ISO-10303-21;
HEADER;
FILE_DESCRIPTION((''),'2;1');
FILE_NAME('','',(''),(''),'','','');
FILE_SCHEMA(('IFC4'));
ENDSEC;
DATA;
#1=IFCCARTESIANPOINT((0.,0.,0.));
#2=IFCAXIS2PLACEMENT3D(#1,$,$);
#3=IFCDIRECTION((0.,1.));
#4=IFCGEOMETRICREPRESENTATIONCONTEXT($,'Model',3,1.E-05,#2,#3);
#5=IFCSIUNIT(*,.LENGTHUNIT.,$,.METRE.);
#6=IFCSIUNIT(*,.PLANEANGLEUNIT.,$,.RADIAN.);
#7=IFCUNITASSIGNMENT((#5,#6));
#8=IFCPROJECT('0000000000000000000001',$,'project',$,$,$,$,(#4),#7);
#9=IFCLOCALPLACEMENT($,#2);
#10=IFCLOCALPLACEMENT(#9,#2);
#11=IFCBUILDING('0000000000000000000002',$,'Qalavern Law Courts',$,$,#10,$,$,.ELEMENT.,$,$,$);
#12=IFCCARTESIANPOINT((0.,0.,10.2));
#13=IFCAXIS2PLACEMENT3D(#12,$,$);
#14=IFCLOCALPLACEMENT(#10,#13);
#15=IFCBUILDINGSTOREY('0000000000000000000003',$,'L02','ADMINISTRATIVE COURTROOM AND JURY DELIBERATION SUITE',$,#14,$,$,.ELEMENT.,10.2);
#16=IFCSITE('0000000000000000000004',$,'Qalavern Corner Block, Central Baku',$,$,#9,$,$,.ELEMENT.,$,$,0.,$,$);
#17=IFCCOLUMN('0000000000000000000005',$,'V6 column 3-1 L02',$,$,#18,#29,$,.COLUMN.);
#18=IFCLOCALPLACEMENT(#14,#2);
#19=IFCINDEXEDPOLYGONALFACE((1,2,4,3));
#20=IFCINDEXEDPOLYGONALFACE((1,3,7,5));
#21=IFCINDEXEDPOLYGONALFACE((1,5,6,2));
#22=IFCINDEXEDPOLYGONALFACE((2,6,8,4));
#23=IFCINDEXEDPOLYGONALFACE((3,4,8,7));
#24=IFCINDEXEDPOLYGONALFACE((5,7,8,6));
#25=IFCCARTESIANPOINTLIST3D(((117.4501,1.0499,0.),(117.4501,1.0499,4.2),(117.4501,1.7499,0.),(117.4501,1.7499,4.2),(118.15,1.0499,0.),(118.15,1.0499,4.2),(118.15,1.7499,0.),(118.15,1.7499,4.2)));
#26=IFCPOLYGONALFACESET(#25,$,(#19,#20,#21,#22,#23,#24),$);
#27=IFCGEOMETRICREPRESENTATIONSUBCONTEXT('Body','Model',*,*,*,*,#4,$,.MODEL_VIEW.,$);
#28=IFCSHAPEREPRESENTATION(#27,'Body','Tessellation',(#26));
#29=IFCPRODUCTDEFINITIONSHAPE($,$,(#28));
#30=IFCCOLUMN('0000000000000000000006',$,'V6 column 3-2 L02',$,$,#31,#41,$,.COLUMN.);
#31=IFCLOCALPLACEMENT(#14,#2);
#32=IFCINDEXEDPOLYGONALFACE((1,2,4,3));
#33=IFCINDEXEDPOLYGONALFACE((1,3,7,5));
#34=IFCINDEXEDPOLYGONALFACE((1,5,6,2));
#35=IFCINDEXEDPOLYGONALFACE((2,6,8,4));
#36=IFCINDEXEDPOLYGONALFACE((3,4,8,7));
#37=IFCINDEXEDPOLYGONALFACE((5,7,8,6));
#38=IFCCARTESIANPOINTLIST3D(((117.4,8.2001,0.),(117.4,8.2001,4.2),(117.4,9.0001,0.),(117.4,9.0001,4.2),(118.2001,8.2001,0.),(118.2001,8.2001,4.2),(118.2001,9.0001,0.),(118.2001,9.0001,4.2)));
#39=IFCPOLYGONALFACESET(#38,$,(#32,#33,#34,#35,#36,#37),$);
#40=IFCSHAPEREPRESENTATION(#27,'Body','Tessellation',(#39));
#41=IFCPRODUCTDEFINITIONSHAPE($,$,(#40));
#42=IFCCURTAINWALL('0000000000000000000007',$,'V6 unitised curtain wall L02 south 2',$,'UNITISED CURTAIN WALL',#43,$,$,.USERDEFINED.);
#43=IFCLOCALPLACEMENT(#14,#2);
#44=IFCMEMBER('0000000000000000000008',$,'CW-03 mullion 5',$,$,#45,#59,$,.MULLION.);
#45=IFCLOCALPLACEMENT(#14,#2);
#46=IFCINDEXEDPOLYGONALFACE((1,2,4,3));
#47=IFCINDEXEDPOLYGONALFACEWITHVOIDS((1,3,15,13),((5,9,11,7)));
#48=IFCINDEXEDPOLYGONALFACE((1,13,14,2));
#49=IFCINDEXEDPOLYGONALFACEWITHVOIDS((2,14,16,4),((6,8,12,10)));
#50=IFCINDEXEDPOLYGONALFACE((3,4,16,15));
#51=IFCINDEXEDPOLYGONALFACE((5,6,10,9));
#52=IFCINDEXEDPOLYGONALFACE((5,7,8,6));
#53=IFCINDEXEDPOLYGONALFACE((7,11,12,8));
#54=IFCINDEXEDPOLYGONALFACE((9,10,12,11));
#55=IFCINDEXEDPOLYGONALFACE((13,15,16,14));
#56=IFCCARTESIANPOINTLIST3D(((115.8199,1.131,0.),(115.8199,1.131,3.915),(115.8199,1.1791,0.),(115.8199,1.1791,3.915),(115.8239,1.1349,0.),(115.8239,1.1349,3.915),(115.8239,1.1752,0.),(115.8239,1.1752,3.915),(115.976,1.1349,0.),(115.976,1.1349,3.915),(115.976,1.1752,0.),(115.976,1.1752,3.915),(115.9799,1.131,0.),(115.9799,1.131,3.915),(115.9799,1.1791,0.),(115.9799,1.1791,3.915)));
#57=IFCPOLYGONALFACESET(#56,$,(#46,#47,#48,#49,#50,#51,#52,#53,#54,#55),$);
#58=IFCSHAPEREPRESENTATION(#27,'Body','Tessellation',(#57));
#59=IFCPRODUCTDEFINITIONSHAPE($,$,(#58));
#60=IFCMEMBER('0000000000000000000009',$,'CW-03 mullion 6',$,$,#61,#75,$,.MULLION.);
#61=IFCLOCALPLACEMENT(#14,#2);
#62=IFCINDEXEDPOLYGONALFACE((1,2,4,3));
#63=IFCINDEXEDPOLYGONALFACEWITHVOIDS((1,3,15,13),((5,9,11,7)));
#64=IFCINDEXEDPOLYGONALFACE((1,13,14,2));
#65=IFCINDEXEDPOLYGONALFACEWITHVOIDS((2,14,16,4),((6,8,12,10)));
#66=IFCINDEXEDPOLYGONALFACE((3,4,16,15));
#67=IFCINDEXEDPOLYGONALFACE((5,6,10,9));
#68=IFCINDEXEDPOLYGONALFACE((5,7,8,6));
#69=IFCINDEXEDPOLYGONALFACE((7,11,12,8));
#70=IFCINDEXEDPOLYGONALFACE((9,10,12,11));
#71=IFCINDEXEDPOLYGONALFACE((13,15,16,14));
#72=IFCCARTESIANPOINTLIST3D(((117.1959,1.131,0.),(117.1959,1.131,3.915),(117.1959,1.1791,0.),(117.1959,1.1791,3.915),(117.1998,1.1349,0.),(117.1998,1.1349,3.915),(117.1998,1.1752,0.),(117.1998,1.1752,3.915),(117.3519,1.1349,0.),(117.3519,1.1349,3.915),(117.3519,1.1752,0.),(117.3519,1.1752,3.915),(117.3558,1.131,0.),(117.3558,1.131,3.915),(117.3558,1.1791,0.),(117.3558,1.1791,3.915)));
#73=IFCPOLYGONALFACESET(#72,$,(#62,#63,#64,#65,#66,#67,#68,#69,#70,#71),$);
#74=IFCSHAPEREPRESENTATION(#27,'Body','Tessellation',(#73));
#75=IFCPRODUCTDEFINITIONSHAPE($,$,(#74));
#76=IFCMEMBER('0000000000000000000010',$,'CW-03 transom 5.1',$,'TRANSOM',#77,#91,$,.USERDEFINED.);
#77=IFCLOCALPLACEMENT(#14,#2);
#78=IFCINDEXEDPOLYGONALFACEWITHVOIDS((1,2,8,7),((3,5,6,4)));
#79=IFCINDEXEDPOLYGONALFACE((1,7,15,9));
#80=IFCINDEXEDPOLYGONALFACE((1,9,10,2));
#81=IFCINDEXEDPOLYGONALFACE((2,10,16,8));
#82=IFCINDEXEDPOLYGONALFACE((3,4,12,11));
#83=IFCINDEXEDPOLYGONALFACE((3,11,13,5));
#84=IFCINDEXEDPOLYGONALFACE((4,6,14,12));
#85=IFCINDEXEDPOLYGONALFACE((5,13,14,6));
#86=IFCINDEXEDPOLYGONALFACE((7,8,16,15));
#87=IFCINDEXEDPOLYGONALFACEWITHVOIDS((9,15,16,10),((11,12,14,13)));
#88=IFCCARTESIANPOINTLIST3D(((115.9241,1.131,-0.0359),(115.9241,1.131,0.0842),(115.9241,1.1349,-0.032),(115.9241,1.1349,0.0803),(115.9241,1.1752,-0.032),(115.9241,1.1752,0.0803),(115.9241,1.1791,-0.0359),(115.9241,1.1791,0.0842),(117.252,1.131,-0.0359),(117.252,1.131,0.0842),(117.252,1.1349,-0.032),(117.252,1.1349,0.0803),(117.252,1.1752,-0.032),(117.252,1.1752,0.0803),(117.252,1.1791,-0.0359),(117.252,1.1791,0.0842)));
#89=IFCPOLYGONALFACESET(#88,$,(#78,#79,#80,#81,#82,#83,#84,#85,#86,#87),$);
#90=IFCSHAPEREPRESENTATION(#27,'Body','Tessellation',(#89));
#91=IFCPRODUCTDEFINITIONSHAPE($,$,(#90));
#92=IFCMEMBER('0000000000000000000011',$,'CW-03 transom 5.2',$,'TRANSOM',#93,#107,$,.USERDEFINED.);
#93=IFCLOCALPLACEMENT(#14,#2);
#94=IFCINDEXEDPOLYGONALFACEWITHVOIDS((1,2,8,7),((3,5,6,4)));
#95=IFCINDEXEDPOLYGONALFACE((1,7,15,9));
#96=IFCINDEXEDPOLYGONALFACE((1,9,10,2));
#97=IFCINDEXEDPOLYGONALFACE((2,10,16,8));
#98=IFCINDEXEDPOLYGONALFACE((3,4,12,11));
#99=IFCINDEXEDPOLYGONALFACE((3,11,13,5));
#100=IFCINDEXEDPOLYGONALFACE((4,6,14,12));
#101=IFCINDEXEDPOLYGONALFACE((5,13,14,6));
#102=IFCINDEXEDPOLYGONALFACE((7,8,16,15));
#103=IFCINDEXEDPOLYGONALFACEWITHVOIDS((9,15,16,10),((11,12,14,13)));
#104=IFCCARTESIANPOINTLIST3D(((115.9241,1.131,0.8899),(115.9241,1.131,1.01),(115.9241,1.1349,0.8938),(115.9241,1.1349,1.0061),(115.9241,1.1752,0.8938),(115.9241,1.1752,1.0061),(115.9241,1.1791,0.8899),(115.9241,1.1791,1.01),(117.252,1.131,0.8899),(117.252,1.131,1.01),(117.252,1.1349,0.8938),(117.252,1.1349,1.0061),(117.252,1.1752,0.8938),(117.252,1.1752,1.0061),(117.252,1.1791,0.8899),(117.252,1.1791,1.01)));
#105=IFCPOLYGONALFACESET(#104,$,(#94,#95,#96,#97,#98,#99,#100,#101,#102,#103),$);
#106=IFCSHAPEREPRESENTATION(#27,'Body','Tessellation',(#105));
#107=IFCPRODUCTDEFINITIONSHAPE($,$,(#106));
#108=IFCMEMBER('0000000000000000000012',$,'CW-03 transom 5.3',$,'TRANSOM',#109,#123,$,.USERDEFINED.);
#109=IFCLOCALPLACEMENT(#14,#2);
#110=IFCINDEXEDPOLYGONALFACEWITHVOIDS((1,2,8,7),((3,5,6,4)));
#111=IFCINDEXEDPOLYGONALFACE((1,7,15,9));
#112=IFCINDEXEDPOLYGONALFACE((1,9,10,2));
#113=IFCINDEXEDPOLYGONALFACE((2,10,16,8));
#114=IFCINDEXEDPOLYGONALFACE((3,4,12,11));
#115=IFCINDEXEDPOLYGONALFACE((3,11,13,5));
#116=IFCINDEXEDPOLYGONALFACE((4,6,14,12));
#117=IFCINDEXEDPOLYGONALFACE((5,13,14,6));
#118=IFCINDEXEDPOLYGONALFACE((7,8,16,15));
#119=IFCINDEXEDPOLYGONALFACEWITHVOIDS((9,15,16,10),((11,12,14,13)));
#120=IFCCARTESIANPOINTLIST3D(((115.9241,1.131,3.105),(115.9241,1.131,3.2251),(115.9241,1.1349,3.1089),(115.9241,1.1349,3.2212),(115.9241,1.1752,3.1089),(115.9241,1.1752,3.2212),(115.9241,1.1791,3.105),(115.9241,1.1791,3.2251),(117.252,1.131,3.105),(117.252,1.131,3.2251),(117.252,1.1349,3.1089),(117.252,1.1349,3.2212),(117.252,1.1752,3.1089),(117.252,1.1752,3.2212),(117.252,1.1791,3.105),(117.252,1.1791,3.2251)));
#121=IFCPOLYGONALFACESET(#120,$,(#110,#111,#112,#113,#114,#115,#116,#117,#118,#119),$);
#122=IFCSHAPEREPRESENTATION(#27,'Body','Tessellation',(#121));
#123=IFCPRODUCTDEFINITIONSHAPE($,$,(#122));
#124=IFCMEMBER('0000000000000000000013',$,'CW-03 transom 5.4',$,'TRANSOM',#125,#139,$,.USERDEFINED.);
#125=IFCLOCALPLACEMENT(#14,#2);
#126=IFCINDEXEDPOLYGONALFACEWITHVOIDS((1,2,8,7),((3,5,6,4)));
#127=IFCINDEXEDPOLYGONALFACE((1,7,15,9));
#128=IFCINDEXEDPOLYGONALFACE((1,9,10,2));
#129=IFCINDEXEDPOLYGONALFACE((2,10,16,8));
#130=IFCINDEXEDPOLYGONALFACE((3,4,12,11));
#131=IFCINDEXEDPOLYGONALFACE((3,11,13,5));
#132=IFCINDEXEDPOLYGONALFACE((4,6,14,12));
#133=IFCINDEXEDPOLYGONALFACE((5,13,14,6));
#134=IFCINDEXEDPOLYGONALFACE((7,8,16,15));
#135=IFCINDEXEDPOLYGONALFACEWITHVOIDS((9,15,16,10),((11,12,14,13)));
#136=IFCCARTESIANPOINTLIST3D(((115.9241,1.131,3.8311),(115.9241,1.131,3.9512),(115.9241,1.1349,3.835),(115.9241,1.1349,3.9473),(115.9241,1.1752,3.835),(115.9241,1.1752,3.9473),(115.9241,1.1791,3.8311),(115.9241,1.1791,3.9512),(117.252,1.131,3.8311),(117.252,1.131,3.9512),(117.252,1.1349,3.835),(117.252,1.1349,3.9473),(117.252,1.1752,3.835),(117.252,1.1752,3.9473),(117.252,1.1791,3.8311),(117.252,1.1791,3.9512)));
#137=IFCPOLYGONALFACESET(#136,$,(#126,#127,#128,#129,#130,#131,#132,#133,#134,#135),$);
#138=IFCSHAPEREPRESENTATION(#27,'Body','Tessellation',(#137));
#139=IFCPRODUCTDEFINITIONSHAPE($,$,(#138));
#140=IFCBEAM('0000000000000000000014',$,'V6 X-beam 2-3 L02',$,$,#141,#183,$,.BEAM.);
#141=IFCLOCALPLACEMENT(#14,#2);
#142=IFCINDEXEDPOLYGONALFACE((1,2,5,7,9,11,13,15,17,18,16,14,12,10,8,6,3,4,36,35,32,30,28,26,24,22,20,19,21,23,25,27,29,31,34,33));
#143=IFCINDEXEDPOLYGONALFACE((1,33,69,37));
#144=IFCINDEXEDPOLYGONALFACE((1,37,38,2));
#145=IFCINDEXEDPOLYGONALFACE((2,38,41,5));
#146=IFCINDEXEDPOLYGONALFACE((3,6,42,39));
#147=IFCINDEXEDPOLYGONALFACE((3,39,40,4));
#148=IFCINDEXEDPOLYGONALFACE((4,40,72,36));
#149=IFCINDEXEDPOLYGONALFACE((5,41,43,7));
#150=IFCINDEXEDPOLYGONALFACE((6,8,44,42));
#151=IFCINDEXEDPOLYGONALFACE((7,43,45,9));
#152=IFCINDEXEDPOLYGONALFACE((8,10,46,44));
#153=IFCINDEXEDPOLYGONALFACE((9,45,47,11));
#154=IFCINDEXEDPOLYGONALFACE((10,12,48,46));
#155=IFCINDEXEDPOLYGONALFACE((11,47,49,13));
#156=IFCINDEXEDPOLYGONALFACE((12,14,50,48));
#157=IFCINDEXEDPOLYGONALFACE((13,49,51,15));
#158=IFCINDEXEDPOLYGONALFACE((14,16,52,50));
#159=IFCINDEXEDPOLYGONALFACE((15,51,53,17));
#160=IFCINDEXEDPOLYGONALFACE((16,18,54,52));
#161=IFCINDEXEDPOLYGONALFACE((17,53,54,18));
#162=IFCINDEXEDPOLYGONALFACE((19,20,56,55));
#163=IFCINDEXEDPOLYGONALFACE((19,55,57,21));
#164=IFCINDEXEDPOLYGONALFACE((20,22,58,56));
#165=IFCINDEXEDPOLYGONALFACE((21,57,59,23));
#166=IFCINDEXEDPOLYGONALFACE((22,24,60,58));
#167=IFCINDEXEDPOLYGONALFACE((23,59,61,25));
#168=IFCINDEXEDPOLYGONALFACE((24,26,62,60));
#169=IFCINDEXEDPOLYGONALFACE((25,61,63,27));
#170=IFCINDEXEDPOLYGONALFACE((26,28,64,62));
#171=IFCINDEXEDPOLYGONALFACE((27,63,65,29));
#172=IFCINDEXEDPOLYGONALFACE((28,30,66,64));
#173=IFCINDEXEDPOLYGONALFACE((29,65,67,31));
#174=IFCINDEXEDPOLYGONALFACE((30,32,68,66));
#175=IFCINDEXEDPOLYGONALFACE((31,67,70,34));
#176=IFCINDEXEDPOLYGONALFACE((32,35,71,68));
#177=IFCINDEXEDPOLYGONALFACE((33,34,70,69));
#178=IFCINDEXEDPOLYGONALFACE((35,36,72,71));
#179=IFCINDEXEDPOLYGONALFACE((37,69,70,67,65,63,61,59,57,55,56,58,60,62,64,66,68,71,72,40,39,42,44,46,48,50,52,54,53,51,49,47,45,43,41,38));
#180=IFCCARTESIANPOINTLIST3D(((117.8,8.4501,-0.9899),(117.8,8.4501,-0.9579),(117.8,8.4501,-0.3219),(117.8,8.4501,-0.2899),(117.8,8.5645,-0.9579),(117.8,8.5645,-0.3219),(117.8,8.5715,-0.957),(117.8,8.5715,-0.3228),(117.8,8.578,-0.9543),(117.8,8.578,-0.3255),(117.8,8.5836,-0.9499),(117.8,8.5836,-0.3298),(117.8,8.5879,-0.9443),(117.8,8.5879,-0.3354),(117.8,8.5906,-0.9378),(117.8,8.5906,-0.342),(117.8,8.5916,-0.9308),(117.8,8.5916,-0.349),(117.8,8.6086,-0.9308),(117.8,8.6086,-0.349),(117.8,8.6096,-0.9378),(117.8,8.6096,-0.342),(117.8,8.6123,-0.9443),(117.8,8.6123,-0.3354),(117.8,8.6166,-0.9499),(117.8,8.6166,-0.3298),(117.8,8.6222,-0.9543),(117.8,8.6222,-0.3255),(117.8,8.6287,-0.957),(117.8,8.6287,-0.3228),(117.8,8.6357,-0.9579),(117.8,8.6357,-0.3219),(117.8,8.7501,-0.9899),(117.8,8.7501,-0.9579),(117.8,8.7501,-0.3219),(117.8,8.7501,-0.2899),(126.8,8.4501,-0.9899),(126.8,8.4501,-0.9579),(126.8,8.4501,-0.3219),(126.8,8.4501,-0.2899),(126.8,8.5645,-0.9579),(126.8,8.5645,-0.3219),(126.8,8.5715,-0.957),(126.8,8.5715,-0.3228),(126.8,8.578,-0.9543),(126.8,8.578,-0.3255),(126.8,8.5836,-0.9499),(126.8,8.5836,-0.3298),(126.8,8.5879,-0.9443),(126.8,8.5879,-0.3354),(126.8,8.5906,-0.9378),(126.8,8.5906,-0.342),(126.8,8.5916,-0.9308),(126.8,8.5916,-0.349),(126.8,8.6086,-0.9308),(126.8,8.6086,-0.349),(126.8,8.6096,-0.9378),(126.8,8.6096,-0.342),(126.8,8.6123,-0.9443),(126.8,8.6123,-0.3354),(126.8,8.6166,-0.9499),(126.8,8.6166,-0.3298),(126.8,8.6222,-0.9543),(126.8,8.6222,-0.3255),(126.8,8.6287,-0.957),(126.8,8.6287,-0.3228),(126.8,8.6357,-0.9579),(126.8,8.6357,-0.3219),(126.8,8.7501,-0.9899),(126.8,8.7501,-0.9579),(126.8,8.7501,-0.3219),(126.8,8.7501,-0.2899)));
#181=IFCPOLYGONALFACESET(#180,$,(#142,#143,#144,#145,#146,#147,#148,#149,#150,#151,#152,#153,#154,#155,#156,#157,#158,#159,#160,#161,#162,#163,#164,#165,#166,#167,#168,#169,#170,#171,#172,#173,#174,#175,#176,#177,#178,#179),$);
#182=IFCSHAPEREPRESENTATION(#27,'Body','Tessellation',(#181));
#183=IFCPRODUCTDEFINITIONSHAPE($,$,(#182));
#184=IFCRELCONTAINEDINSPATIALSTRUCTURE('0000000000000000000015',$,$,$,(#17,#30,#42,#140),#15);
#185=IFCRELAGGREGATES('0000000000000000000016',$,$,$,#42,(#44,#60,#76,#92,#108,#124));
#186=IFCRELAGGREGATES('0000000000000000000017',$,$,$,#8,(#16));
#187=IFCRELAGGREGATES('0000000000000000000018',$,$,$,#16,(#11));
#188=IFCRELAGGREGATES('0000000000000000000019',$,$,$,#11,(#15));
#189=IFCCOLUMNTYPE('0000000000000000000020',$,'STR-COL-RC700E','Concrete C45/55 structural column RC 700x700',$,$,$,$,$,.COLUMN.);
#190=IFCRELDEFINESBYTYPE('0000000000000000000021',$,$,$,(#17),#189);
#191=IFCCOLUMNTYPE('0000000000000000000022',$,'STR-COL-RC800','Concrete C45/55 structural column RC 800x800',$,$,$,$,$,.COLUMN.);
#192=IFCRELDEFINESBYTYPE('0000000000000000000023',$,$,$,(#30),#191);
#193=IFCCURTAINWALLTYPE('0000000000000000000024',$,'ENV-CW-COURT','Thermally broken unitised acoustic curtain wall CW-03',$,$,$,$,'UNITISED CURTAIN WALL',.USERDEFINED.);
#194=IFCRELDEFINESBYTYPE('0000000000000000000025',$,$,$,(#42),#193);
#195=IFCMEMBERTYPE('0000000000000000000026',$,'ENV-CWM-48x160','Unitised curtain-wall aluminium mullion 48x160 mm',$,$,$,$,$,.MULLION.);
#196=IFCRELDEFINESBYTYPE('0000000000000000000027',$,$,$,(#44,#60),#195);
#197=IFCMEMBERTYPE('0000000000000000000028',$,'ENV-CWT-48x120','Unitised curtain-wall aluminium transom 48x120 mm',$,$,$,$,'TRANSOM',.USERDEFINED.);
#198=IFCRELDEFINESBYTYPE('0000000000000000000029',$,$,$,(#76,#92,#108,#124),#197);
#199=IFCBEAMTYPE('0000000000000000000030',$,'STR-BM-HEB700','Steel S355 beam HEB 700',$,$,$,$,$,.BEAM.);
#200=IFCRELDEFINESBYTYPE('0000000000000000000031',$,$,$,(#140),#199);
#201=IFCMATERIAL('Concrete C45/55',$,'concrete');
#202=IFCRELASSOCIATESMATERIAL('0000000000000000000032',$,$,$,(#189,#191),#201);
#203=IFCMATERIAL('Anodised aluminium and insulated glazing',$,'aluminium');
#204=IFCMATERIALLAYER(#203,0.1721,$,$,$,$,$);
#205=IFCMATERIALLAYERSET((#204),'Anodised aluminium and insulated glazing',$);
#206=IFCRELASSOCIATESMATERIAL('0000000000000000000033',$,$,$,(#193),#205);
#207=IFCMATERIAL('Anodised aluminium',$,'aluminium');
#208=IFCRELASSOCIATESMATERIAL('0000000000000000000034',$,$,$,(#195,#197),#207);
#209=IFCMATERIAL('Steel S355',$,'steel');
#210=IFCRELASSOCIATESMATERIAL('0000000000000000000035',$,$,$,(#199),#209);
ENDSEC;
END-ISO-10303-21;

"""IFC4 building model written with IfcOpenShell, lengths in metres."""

from ifc_helpers import new_model, si_unit, direction, frame, origin, origin_2d, place, context, subcontext, project, spatial, rectangle, hollow_rectangle, i_section, extrude, material, layer, layer_set, material_profile, profile_set, type_object, element, aggregate, save


model = new_model("IFC4")

# Units and contexts
model_context = context("Model", 3, precision=1e-05, world=origin(), true_north=direction((0.0, 1.0)))
body_context = subcontext(model_context, "Body", "Model", "MODEL_VIEW")
ifc_project = project(units=[si_unit("LENGTHUNIT", "METRE"), si_unit("PLANEANGLEUNIT", "RADIAN")], contexts=[model_context])

# Site, building, storey
site_placement = place(None, origin())
site = spatial("IfcSite", under=ifc_project, at=site_placement, Name="Qalavern Corner Block, Central Baku", CompositionType="ELEMENT", RefElevation=0.0)
building_placement = place(site_placement, origin())
building = spatial("IfcBuilding", under=site, at=building_placement, Name="Qalavern Law Courts", CompositionType="ELEMENT")
storey_placement = place(building_placement, frame((0.0, 0.0, 10.2)))
storey = spatial("IfcBuildingStorey", under=building, at=storey_placement, Name="L02", Description="ADMINISTRATIVE COURTROOM AND JURY DELIBERATION SUITE", CompositionType="ELEMENT", Elevation=10.2)

# Columns
ifc_material_1 = material(Name="Concrete C45/55", Category="concrete")
ifc_material_profile_1 = material_profile(ifc_material_1, rectangle(XDim=0.7, YDim=0.7, at=origin_2d()), Name="RC 700x700")
ifc_profile_set_1 = profile_set([ifc_material_profile_1], Name="Concrete C45/55")
column_type_1 = type_object("IfcColumnType", Name="STR-COL-RC700E", Description="Concrete C45/55 structural column RC 700x700", PredefinedType="COLUMN", material=ifc_profile_set_1)
column_1_placement = place(storey_placement, frame((117.8, 1.3999, 0.0), z_axis=(0.0, 0.0, 1.0), x_axis=(1.0, 0.0, 0.0)))
element("IfcColumn", 1, at=column_1_placement, inside=storey, type_object=column_type_1, Name="V6 column 3-1 L02", PredefinedType="COLUMN", context=body_context, shape_type="SweptSolid", body=[
    extrude(rectangle(XDim=0.7, YDim=0.7, at=origin_2d()), origin(), (0.0, 0.0, 1.0), 4.2),
])
ifc_material_profile_2 = material_profile(ifc_material_1, rectangle(XDim=0.8, YDim=0.8, at=origin_2d()), Name="RC 800x800")
ifc_profile_set_2 = profile_set([ifc_material_profile_2], Name="Concrete C45/55")
column_type_2 = type_object("IfcColumnType", Name="STR-COL-RC800", Description="Concrete C45/55 structural column RC 800x800", PredefinedType="COLUMN", material=ifc_profile_set_2)
column_2_placement = place(storey_placement, frame((117.8, 8.6001, 0.0), z_axis=(0.0, 0.0, 1.0), x_axis=(1.0, 0.0, 0.0)))
element("IfcColumn", 2, at=column_2_placement, inside=storey, type_object=column_type_2, Name="V6 column 3-2 L02", PredefinedType="COLUMN", context=body_context, shape_type="SweptSolid", body=[
    extrude(rectangle(XDim=0.8, YDim=0.8, at=origin_2d()), origin(), (0.0, 0.0, 1.0), 4.2),
])

# Curtain wall, members
ifc_material_2 = material(Name="Anodised aluminium and insulated glazing", Category="aluminium")
ifc_layer_1 = layer(ifc_material_2, 0.1721)
ifc_layer_set_1 = layer_set([ifc_layer_1], Name="Anodised aluminium and insulated glazing")
curtain_wall_type = type_object("IfcCurtainWallType", Name="ENV-CW-COURT", Description="Thermally broken unitised acoustic curtain wall CW-03", ElementType="UNITISED CURTAIN WALL", PredefinedType="USERDEFINED", material=ifc_layer_set_1)
curtain_wall_placement = place(storey_placement, origin())
curtain_wall = element("IfcCurtainWall", 3, at=curtain_wall_placement, inside=storey, type_object=curtain_wall_type, Name="V6 unitised curtain wall L02 south 2", ObjectType="UNITISED CURTAIN WALL", PredefinedType="USERDEFINED")
ifc_material_3 = material(Name="Anodised aluminium", Category="aluminium")
ifc_material_profile_3 = material_profile(ifc_material_3, hollow_rectangle(XDim=0.0481, YDim=0.1599, WallThickness=0.0039, at=origin_2d()), Name="ALU MULLION 48x160")
ifc_profile_set_3 = profile_set([ifc_material_profile_3], Name="Anodised aluminium")
member_type_1 = type_object("IfcMemberType", Name="ENV-CWM-48x160", Description="Unitised curtain-wall aluminium mullion 48x160 mm", PredefinedType="MULLION", material=ifc_profile_set_3)
member_1_placement = place(storey_placement, frame((115.8999, 1.155, 0.0), z_axis=(0.0, 0.0, 1.0), x_axis=(0.0, 1.0, 0.0)))
member_1 = element("IfcMember", 4, at=member_1_placement, type_object=member_type_1, Name="CW-03 mullion 5", PredefinedType="MULLION", context=body_context, shape_type="SweptSolid", body=[
    extrude(hollow_rectangle(XDim=0.0481, YDim=0.1599, WallThickness=0.0039, at=origin_2d()), origin(), (0.0, 0.0, 1.0), 3.915),
])
member_2_placement = place(storey_placement, frame((117.2759, 1.155, 0.0), z_axis=(0.0, 0.0, 1.0), x_axis=(0.0, 1.0, 0.0)))
member_2 = element("IfcMember", 5, at=member_2_placement, type_object=member_type_1, Name="CW-03 mullion 6", PredefinedType="MULLION", context=body_context, shape_type="SweptSolid", body=[
    extrude(hollow_rectangle(XDim=0.0481, YDim=0.1599, WallThickness=0.0039, at=origin_2d()), origin(), (0.0, 0.0, 1.0), 3.915),
])
ifc_material_profile_4 = material_profile(ifc_material_3, hollow_rectangle(XDim=0.0481, YDim=0.1201, WallThickness=0.0039, at=origin_2d()), Name="ALU TRANSOM 48x120")
ifc_profile_set_4 = profile_set([ifc_material_profile_4], Name="Anodised aluminium")
member_type_2 = type_object("IfcMemberType", Name="ENV-CWT-48x120", Description="Unitised curtain-wall aluminium transom 48x120 mm", ElementType="TRANSOM", PredefinedType="USERDEFINED", material=ifc_profile_set_4)
member_3_placement = place(storey_placement, frame((115.9241, 1.155, 0.0242), z_axis=(1.0, 0.0, 0.0), x_axis=(0.0, 1.0, 0.0)))
member_3 = element("IfcMember", 6, at=member_3_placement, type_object=member_type_2, Name="CW-03 transom 5.1", ObjectType="TRANSOM", PredefinedType="USERDEFINED", context=body_context, shape_type="SweptSolid", body=[
    extrude(hollow_rectangle(XDim=0.0481, YDim=0.1201, WallThickness=0.0039, at=origin_2d()), origin(), (0.0, 0.0, 1.0), 1.3279),
])
member_4_placement = place(storey_placement, frame((115.9241, 1.155, 0.95), z_axis=(1.0, 0.0, 0.0), x_axis=(0.0, 1.0, 0.0)))
member_4 = element("IfcMember", 7, at=member_4_placement, type_object=member_type_2, Name="CW-03 transom 5.2", ObjectType="TRANSOM", PredefinedType="USERDEFINED", context=body_context, shape_type="SweptSolid", body=[
    extrude(hollow_rectangle(XDim=0.0481, YDim=0.1201, WallThickness=0.0039, at=origin_2d()), origin(), (0.0, 0.0, 1.0), 1.3279),
])
member_5_placement = place(storey_placement, frame((115.9241, 1.155, 3.165), z_axis=(1.0, 0.0, 0.0), x_axis=(0.0, 1.0, 0.0)))
member_5 = element("IfcMember", 8, at=member_5_placement, type_object=member_type_2, Name="CW-03 transom 5.3", ObjectType="TRANSOM", PredefinedType="USERDEFINED", context=body_context, shape_type="SweptSolid", body=[
    extrude(hollow_rectangle(XDim=0.0481, YDim=0.1201, WallThickness=0.0039, at=origin_2d()), origin(), (0.0, 0.0, 1.0), 1.3279),
])
member_6_placement = place(storey_placement, frame((115.9241, 1.155, 3.8911), z_axis=(1.0, 0.0, 0.0), x_axis=(0.0, 1.0, 0.0)))
member_6 = element("IfcMember", 9, at=member_6_placement, type_object=member_type_2, Name="CW-03 transom 5.4", ObjectType="TRANSOM", PredefinedType="USERDEFINED", context=body_context, shape_type="SweptSolid", body=[
    extrude(hollow_rectangle(XDim=0.0481, YDim=0.1201, WallThickness=0.0039, at=origin_2d()), origin(), (0.0, 0.0, 1.0), 1.3279),
])

# Beam
ifc_material_4 = material(Name="Steel S355", Category="steel")
ifc_material_profile_5 = material_profile(ifc_material_4, i_section(OverallWidth=0.3, OverallDepth=0.7, WebThickness=0.0171, FlangeThickness=0.032, FilletRadius=0.0271, at=origin_2d()), Name="HEB 700")
ifc_profile_set_5 = profile_set([ifc_material_profile_5], Name="Steel S355")
beam_type_1 = type_object("IfcBeamType", Name="STR-BM-HEB700", Description="Steel S355 beam HEB 700", PredefinedType="BEAM", material=ifc_profile_set_5)
beam_1_placement = place(storey_placement, frame((117.8, 8.6001, -0.6399), z_axis=(1.0, 0.0, 0.0), x_axis=(0.0, 1.0, 0.0)))
element("IfcBeam", 10, at=beam_1_placement, inside=storey, type_object=beam_type_1, Name="V6 X-beam 2-3 L02", PredefinedType="BEAM", context=body_context, shape_type="SweptSolid", body=[
    extrude(i_section(OverallWidth=0.3, OverallDepth=0.7, WebThickness=0.0171, FlangeThickness=0.032, FilletRadius=0.0271, at=origin_2d()), origin(), (0.0, 0.0, 1.0), 9.0),
])

aggregate(curtain_wall, [member_1, member_2, member_3, member_4, member_5, member_6])

save(model, "model.ifc")
